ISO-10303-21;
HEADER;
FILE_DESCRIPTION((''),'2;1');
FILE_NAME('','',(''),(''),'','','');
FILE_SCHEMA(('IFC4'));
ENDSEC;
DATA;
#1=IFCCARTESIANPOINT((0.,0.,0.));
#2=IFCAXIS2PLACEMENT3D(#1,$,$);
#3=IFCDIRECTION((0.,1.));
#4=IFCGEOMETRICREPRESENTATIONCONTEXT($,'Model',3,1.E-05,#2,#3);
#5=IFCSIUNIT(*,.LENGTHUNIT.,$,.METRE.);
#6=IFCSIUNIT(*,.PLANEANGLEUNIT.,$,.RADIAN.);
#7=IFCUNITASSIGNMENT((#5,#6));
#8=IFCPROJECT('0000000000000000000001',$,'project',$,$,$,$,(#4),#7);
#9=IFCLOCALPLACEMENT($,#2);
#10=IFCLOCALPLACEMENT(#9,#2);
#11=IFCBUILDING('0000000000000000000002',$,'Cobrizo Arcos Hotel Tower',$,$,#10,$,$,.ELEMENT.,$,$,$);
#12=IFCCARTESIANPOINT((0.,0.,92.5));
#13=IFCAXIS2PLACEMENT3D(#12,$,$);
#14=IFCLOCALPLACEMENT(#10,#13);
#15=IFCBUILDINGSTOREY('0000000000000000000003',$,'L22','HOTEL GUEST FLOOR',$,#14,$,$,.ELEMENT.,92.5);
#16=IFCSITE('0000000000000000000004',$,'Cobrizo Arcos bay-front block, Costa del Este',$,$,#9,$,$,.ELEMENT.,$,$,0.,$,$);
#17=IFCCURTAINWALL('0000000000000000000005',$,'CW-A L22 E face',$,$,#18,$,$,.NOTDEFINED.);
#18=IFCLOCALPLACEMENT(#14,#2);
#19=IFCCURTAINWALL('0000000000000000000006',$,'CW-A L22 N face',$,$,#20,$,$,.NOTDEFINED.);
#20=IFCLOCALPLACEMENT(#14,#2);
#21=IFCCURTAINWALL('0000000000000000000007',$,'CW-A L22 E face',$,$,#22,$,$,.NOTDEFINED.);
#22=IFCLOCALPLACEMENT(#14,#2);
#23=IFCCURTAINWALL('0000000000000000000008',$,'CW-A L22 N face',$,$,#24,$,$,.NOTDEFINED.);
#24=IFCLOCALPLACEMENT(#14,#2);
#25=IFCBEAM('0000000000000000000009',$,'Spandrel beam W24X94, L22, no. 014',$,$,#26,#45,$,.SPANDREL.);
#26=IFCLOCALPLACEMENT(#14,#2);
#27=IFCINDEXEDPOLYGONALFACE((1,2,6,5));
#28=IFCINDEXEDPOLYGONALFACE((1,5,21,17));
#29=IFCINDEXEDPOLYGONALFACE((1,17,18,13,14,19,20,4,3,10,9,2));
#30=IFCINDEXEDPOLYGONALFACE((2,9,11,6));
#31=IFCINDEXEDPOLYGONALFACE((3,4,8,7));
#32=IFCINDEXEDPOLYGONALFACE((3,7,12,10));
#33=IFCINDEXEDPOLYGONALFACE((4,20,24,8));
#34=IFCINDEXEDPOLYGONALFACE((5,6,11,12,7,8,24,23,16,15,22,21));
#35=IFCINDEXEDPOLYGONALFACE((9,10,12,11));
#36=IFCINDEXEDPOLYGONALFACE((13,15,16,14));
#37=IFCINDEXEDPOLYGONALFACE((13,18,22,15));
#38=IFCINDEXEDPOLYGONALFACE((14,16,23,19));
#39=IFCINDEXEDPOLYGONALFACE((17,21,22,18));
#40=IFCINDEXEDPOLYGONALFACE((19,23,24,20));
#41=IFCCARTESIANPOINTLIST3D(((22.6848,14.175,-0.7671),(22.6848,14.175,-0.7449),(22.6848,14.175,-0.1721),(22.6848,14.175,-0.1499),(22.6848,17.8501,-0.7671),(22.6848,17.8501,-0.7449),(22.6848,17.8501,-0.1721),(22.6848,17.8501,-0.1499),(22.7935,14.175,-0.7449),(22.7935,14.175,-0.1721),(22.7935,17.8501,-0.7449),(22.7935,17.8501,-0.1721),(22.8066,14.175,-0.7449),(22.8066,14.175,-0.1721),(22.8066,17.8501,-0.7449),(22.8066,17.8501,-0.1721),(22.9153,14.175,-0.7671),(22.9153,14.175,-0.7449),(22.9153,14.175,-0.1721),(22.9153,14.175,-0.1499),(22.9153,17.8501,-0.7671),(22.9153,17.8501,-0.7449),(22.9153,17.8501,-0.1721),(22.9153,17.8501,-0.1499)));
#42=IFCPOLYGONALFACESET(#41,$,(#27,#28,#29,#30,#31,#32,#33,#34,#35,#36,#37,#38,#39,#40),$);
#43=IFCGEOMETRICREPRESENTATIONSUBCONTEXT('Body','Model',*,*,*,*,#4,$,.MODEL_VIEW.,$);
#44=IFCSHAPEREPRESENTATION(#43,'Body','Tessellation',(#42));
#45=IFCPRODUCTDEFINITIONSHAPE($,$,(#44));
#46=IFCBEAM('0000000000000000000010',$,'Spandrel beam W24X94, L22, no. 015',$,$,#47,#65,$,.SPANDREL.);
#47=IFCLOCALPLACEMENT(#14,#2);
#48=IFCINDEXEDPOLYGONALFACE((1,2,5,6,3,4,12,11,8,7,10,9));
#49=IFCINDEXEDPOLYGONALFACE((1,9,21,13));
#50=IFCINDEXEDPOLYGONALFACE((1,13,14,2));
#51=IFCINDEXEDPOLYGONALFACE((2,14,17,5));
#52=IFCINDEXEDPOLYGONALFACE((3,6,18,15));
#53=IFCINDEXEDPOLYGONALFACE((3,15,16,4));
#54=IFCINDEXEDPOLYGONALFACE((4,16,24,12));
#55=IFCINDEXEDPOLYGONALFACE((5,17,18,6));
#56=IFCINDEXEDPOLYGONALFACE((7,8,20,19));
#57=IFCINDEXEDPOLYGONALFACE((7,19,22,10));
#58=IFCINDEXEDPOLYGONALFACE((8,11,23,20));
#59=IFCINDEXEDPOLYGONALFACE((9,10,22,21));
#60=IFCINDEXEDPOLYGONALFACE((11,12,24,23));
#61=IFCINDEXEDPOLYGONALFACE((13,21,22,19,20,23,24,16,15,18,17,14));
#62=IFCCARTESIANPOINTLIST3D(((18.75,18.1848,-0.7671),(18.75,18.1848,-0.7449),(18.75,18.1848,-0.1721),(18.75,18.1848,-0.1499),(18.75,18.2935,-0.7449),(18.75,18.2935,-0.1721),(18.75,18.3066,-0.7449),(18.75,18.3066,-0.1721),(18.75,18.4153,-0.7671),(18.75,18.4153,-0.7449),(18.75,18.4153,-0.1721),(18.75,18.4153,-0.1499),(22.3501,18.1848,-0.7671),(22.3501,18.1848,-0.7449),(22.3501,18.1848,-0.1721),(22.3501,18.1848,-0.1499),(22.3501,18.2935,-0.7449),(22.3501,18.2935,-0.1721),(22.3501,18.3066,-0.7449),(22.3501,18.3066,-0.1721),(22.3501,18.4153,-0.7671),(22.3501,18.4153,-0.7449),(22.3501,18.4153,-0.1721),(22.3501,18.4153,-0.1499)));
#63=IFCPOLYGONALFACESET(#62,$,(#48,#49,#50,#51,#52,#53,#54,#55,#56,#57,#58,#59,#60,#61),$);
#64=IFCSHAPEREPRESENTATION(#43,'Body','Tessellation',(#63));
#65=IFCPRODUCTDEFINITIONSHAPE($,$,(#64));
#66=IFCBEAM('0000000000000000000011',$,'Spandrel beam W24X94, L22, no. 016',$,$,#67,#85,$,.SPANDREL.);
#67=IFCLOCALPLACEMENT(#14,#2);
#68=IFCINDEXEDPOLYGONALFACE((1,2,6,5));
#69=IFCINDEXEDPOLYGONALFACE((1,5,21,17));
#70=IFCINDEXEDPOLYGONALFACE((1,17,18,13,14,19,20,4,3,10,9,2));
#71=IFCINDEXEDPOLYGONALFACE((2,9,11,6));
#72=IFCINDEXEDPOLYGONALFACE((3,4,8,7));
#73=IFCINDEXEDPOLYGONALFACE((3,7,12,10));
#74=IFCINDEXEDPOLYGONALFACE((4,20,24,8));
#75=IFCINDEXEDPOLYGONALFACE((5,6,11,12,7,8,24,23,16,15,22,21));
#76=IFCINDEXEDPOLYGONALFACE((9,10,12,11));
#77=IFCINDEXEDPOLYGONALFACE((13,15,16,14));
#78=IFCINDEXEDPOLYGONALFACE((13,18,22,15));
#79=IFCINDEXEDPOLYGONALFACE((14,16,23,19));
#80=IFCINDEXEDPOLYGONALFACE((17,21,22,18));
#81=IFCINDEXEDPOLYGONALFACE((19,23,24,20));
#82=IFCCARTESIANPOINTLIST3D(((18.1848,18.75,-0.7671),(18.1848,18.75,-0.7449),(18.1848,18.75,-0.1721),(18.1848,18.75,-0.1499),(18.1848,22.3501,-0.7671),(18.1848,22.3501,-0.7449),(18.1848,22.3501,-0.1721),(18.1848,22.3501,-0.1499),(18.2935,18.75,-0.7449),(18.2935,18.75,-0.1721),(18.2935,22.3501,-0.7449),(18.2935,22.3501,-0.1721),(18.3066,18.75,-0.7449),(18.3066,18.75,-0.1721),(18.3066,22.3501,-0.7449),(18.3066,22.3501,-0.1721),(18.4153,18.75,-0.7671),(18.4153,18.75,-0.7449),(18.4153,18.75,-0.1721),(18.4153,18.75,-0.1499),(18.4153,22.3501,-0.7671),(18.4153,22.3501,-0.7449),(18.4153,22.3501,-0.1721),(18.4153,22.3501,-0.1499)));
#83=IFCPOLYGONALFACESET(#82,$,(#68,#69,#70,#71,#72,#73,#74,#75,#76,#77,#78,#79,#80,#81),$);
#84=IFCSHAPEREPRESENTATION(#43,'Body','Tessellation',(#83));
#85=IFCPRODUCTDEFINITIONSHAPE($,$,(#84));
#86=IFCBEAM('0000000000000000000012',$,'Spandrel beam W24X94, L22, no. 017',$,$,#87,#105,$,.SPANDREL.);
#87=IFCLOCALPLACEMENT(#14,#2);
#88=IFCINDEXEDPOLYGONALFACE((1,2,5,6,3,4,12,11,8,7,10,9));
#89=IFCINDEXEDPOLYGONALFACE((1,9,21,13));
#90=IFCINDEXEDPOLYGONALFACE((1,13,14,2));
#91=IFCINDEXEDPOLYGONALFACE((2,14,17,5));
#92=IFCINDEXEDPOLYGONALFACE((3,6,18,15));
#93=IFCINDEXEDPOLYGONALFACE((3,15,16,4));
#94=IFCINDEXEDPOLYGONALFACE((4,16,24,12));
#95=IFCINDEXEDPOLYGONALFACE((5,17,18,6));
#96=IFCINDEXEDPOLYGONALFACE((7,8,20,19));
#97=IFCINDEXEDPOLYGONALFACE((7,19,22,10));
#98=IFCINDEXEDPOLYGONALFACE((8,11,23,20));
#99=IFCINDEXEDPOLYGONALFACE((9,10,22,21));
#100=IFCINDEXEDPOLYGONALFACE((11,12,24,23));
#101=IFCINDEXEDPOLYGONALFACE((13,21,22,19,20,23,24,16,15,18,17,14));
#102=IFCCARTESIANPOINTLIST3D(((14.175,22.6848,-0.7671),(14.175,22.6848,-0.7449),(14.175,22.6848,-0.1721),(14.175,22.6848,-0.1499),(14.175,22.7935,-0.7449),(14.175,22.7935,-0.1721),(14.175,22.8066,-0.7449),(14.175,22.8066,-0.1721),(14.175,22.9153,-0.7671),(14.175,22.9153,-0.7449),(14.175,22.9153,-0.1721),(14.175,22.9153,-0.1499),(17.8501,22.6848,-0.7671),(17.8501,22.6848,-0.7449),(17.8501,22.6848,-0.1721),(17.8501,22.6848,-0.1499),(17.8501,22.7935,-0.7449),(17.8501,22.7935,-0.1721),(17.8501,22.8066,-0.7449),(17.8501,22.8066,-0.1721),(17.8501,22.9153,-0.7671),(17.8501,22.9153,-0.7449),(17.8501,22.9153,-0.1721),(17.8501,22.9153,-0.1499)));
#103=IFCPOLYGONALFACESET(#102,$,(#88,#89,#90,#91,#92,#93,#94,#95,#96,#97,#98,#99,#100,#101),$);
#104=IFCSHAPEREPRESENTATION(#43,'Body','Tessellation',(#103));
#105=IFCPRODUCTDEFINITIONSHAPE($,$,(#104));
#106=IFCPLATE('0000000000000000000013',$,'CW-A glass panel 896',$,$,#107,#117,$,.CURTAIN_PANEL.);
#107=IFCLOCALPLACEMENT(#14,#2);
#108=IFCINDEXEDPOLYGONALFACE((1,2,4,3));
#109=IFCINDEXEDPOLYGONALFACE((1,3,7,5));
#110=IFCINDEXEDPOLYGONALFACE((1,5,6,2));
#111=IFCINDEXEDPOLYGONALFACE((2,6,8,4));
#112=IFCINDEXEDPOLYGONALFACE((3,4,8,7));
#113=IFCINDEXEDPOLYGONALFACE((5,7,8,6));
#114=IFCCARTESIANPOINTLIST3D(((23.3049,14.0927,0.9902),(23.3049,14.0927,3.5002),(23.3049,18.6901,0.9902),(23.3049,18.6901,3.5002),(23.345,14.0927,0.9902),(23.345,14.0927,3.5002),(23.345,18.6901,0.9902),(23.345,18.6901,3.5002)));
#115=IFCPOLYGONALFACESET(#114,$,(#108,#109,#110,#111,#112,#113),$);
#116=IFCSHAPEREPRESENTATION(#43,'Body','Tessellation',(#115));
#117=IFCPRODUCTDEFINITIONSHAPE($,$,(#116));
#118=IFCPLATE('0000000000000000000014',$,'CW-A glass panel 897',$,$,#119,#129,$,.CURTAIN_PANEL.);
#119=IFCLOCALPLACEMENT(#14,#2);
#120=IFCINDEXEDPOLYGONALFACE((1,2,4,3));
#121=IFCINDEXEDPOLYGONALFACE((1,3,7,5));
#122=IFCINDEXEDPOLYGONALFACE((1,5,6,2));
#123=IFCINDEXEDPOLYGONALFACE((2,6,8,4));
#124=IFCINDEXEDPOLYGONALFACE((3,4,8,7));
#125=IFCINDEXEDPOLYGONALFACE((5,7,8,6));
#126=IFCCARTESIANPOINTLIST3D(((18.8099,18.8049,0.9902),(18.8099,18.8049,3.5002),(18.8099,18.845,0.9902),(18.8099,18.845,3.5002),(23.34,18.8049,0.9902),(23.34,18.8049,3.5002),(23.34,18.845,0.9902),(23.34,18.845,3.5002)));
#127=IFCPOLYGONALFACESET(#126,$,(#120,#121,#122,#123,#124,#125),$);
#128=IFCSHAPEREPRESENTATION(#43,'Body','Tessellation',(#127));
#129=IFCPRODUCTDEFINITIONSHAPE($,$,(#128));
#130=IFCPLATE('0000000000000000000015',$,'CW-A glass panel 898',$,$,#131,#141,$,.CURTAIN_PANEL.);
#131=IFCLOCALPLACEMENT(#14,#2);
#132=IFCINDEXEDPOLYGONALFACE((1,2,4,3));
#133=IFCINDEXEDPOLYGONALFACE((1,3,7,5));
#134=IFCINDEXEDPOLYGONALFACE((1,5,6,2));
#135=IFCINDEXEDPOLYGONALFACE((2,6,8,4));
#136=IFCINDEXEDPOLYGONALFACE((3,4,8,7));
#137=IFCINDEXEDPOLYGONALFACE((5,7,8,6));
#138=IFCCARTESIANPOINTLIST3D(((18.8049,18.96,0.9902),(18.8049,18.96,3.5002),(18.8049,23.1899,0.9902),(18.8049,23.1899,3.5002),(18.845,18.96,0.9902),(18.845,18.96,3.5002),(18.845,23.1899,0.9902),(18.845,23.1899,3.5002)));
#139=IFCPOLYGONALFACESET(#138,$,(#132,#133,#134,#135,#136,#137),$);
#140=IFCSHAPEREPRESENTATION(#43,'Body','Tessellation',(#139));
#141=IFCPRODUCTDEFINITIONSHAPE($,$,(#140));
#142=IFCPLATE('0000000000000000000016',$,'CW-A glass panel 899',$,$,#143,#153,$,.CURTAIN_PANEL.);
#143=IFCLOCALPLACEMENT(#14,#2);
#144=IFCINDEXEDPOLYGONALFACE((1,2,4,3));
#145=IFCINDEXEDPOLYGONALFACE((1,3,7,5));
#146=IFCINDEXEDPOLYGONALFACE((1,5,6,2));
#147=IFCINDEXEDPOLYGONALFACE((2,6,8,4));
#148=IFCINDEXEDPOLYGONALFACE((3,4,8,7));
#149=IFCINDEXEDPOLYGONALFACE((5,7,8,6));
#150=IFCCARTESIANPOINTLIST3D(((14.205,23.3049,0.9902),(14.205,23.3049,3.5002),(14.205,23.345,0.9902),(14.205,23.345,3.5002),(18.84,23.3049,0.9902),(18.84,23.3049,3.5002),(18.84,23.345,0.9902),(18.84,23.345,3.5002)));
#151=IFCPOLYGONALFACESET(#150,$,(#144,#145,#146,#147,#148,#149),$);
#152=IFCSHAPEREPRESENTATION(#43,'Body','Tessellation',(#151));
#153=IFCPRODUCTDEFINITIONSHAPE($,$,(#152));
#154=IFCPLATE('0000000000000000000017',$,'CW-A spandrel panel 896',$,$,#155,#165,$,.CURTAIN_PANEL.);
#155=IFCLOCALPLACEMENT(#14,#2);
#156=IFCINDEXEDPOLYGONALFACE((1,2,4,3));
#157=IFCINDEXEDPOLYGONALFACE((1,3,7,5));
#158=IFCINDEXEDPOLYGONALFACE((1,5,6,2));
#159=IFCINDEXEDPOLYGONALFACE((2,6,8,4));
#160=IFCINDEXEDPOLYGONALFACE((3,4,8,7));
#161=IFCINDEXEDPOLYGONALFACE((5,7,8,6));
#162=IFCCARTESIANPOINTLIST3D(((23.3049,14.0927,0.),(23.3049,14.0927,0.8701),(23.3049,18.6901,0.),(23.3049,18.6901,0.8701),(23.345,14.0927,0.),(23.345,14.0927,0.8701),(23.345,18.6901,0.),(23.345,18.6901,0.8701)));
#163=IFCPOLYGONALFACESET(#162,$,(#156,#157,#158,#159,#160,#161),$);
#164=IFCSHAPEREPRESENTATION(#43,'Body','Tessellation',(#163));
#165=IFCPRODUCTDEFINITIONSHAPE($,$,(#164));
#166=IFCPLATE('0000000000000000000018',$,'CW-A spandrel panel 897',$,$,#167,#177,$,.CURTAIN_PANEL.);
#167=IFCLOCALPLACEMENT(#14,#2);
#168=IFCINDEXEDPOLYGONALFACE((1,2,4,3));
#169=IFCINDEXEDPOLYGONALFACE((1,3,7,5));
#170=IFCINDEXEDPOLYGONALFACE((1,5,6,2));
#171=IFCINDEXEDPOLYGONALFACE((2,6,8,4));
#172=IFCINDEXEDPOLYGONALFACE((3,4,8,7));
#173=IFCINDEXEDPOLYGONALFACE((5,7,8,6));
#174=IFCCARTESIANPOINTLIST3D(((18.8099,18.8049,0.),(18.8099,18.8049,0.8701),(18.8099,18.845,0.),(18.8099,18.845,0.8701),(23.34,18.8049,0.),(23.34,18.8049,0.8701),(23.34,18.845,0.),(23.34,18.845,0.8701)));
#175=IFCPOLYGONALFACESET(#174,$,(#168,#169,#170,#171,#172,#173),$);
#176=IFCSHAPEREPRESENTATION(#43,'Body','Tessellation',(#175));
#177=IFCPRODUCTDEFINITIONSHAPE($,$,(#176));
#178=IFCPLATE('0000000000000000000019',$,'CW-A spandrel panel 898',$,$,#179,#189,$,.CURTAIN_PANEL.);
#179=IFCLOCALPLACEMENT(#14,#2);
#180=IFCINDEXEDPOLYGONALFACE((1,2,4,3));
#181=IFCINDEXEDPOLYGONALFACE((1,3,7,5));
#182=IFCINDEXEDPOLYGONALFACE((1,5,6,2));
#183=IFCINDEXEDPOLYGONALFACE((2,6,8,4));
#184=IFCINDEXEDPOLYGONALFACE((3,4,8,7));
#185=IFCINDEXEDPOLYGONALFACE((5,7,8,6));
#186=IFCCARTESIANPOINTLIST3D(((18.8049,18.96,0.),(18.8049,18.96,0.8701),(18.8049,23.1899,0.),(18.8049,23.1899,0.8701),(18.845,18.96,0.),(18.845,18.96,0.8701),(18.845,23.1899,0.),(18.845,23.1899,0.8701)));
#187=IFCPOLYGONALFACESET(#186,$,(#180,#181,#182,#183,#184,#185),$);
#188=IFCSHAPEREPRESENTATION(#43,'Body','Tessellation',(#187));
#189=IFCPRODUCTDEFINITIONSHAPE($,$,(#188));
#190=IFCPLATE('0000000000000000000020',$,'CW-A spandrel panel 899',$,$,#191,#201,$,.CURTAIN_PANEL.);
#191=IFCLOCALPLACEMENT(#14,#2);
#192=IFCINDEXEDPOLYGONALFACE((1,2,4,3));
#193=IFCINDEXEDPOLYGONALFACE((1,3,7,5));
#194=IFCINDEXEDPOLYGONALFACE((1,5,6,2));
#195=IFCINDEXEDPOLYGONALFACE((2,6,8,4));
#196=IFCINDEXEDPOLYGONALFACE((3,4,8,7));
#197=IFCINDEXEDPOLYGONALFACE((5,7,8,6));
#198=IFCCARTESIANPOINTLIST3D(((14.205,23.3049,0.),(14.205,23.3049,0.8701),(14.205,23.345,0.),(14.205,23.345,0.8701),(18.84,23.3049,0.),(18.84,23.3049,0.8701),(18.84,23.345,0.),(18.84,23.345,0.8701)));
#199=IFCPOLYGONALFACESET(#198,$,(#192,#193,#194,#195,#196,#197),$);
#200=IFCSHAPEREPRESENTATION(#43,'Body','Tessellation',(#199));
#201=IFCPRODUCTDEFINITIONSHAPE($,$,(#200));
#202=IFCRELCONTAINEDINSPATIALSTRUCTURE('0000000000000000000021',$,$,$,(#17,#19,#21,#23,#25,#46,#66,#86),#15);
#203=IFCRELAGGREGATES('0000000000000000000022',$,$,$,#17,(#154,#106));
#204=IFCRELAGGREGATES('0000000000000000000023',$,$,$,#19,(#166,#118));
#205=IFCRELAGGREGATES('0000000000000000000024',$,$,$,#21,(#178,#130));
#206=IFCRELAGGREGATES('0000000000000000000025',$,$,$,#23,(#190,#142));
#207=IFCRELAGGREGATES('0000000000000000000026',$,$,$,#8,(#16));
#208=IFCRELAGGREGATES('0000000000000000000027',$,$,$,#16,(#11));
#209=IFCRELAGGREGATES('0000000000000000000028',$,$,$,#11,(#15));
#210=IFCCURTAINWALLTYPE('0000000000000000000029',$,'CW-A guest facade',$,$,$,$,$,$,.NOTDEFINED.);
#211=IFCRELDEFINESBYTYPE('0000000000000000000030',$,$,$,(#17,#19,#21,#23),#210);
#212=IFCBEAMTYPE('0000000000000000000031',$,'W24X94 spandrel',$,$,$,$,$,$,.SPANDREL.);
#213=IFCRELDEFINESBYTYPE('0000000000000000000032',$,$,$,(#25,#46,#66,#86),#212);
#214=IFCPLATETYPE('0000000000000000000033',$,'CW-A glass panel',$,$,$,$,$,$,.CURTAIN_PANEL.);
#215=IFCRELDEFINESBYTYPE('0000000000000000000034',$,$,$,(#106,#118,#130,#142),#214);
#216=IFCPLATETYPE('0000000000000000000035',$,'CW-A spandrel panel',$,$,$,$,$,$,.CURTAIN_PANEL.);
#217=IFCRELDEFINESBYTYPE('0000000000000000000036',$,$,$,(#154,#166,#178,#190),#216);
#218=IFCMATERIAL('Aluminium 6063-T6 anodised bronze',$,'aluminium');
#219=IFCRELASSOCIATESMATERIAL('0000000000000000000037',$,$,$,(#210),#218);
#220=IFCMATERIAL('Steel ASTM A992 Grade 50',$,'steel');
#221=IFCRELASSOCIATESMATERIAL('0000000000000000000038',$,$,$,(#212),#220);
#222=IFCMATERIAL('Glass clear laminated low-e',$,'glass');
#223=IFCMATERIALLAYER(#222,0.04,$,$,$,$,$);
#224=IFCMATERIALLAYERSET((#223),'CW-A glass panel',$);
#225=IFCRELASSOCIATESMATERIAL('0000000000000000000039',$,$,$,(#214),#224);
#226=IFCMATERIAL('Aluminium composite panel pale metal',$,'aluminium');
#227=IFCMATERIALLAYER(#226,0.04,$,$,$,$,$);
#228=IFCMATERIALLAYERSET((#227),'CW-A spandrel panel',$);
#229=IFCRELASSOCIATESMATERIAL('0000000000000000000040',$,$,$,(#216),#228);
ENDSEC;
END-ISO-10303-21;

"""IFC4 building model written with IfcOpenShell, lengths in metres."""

from ifc_helpers import new_model, si_unit, direction, frame, origin, origin_2d, place, context, subcontext, project, spatial, rectangle, i_section, extrude, material, layer, layer_set, material_profile, profile_set, type_object, element, aggregate, save


model = new_model("IFC4")

# Units and contexts
model_context = context("Model", 3, precision=1e-05, world=origin(), true_north=direction((0.0, 1.0)))
body_context = subcontext(model_context, "Body", "Model", "MODEL_VIEW")
ifc_project = project(units=[si_unit("LENGTHUNIT", "METRE"), si_unit("PLANEANGLEUNIT", "RADIAN")], contexts=[model_context])

# Site, building, storey
site_placement = place(None, origin())
site = spatial("IfcSite", under=ifc_project, at=site_placement, Name="Cobrizo Arcos bay-front block, Costa del Este", CompositionType="ELEMENT", RefElevation=0.0)
building_placement = place(site_placement, origin())
building = spatial("IfcBuilding", under=site, at=building_placement, Name="Cobrizo Arcos Hotel Tower", CompositionType="ELEMENT")
storey_placement = place(building_placement, frame((0.0, 0.0, 92.5)))
storey = spatial("IfcBuildingStorey", under=building, at=storey_placement, Name="L22", Description="HOTEL GUEST FLOOR", CompositionType="ELEMENT", Elevation=92.5)

# Curtain wall
ifc_material_1 = material(Name="Aluminium 6063-T6 anodised bronze", Category="aluminium")
curtain_wall_type = type_object("IfcCurtainWallType", Name="CW-A guest facade", PredefinedType="NOTDEFINED", material=ifc_material_1)
curtain_wall_1_placement = place(storey_placement, origin())
curtain_wall_1 = element("IfcCurtainWall", 1, at=curtain_wall_1_placement, inside=storey, type_object=curtain_wall_type, Name="CW-A L22 E face", PredefinedType="NOTDEFINED")

# Curtain walls
curtain_wall_2_placement = place(storey_placement, origin())
curtain_wall_2 = element("IfcCurtainWall", 2, at=curtain_wall_2_placement, inside=storey, type_object=curtain_wall_type, Name="CW-A L22 N face", PredefinedType="NOTDEFINED")
curtain_wall_3_placement = place(storey_placement, origin())
curtain_wall_3 = element("IfcCurtainWall", 3, at=curtain_wall_3_placement, inside=storey, type_object=curtain_wall_type, Name="CW-A L22 E face", PredefinedType="NOTDEFINED")

# Curtain wall
curtain_wall_4_placement = place(storey_placement, origin())
curtain_wall_4 = element("IfcCurtainWall", 4, at=curtain_wall_4_placement, inside=storey, type_object=curtain_wall_type, Name="CW-A L22 N face", PredefinedType="NOTDEFINED")

# Beams
ifc_material_2 = material(Name="Steel ASTM A992 Grade 50", Category="steel")
ifc_material_profile_1 = material_profile(ifc_material_2, i_section(OverallWidth=0.2305, OverallDepth=0.6172, WebThickness=0.0132, FlangeThickness=0.0222, at=origin_2d()), Name="W24X94")
ifc_profile_set_1 = profile_set([ifc_material_profile_1], Name="Steel ASTM A992 Grade 50")
beam_type = type_object("IfcBeamType", Name="W24X94 spandrel", PredefinedType="SPANDREL", material=ifc_profile_set_1)
beam_1_placement = place(storey_placement, frame((22.8, 14.175, -0.4585), z_axis=(0.0, 1.0, 0.0), x_axis=(-1.0, 0.0, 0.0)))
element("IfcBeam", 5, at=beam_1_placement, inside=storey, type_object=beam_type, Name="Spandrel beam W24X94, L22, no. 014", PredefinedType="SPANDREL", context=body_context, shape_type="SweptSolid", body=[
    extrude(i_section(OverallWidth=0.2305, OverallDepth=0.6172, WebThickness=0.0132, FlangeThickness=0.0222, at=origin_2d()), origin(), (0.0, 0.0, 1.0), 3.675),
])
for number, where, z_axis, x_axis, name in (
    (6, (22.3501, 18.3, -0.4585), (-1.0, 0.0, 0.0), (0.0, -1.0, 0.0), "Spandrel beam W24X94, L22, no. 015"),
    (7, (18.3, 18.75, -0.4585), (0.0, 1.0, 0.0), (-1.0, 0.0, 0.0), "Spandrel beam W24X94, L22, no. 016"),
):
    element("IfcBeam", number, at=place(storey_placement, frame(where, z_axis=z_axis, x_axis=x_axis)), inside=storey, type_object=beam_type, Name=name, PredefinedType="SPANDREL", context=body_context, shape_type="SweptSolid", body=[
        extrude(i_section(OverallWidth=0.2305, OverallDepth=0.6172, WebThickness=0.0132, FlangeThickness=0.0222, at=origin_2d()), origin(), (0.0, 0.0, 1.0), 3.6001),
    ])
beam_2_placement = place(storey_placement, frame((17.8501, 22.8, -0.4585), z_axis=(-1.0, 0.0, 0.0), x_axis=(0.0, -1.0, 0.0)))
element("IfcBeam", 8, at=beam_2_placement, inside=storey, type_object=beam_type, Name="Spandrel beam W24X94, L22, no. 017", PredefinedType="SPANDREL", context=body_context, shape_type="SweptSolid", body=[
    extrude(i_section(OverallWidth=0.2305, OverallDepth=0.6172, WebThickness=0.0132, FlangeThickness=0.0222, at=origin_2d()), origin(), (0.0, 0.0, 1.0), 3.675),
])

# Plates
ifc_material_3 = material(Name="Glass clear laminated low-e", Category="glass")
ifc_layer_1 = layer(ifc_material_3, 0.04)
ifc_layer_set_1 = layer_set([ifc_layer_1], Name="CW-A glass panel")
plate_type_1 = type_object("IfcPlateType", Name="CW-A glass panel", PredefinedType="CURTAIN_PANEL", material=ifc_layer_set_1)
plate_1_placement = place(storey_placement, frame((23.325, 16.3914, 0.9902), z_axis=(0.0, 0.0, 1.0), x_axis=(0.0, 1.0, 0.0)))
plate_1 = element("IfcPlate", 9, at=plate_1_placement, type_object=plate_type_1, Name="CW-A glass panel 896", PredefinedType="CURTAIN_PANEL", context=body_context, shape_type="SweptSolid", body=[
    extrude(rectangle(XDim=4.5974, YDim=0.04, at=origin_2d()), origin(), (0.0, 0.0, 1.0), 2.51),
])
plate_2_placement = place(storey_placement, frame((21.075, 18.825, 0.9902), z_axis=(0.0, 0.0, 1.0), x_axis=(-1.0, 0.0, 0.0)))
plate_2 = element("IfcPlate", 10, at=plate_2_placement, type_object=plate_type_1, Name="CW-A glass panel 897", PredefinedType="CURTAIN_PANEL", context=body_context, shape_type="SweptSolid", body=[
    extrude(rectangle(XDim=4.53, YDim=0.04, at=origin_2d()), origin(), (0.0, 0.0, 1.0), 2.51),
])
plate_3_placement = place(storey_placement, frame((18.825, 21.075, 0.9902), z_axis=(0.0, 0.0, 1.0), x_axis=(0.0, 1.0, 0.0)))
plate_3 = element("IfcPlate", 11, at=plate_3_placement, type_object=plate_type_1, Name="CW-A glass panel 898", PredefinedType="CURTAIN_PANEL", context=body_context, shape_type="SweptSolid", body=[
    extrude(rectangle(XDim=4.23, YDim=0.04, at=origin_2d()), origin(), (0.0, 0.0, 1.0), 2.51),
])
plate_4_placement = place(storey_placement, frame((16.5225, 23.325, 0.9902), z_axis=(0.0, 0.0, 1.0), x_axis=(-1.0, 0.0, 0.0)))
plate_4 = element("IfcPlate", 12, at=plate_4_placement, type_object=plate_type_1, Name="CW-A glass panel 899", PredefinedType="CURTAIN_PANEL", context=body_context, shape_type="SweptSolid", body=[
    extrude(rectangle(XDim=4.635, YDim=0.04, at=origin_2d()), origin(), (0.0, 0.0, 1.0), 2.51),
])
ifc_material_4 = material(Name="Aluminium composite panel pale metal", Category="aluminium")
ifc_layer_2 = layer(ifc_material_4, 0.04)
ifc_layer_set_2 = layer_set([ifc_layer_2], Name="CW-A spandrel panel")
plate_type_2 = type_object("IfcPlateType", Name="CW-A spandrel panel", PredefinedType="CURTAIN_PANEL", material=ifc_layer_set_2)
plate_5_placement = place(storey_placement, frame((23.325, 16.3914, 0.0), z_axis=(0.0, 0.0, 1.0), x_axis=(0.0, 1.0, 0.0)))
plate_5 = element("IfcPlate", 13, at=plate_5_placement, type_object=plate_type_2, Name="CW-A spandrel panel 896", PredefinedType="CURTAIN_PANEL", context=body_context, shape_type="SweptSolid", body=[
    extrude(rectangle(XDim=4.5974, YDim=0.04, at=origin_2d()), origin(), (0.0, 0.0, 1.0), 0.8701),
])
aggregate(curtain_wall_1, [plate_5, plate_1])
plate_6_placement = place(storey_placement, frame((21.075, 18.825, 0.0), z_axis=(0.0, 0.0, 1.0), x_axis=(-1.0, 0.0, 0.0)))
plate_6 = element("IfcPlate", 14, at=plate_6_placement, type_object=plate_type_2, Name="CW-A spandrel panel 897", PredefinedType="CURTAIN_PANEL", context=body_context, shape_type="SweptSolid", body=[
    extrude(rectangle(XDim=4.53, YDim=0.04, at=origin_2d()), origin(), (0.0, 0.0, 1.0), 0.8701),
])
aggregate(curtain_wall_2, [plate_6, plate_2])
plate_7_placement = place(storey_placement, frame((18.825, 21.075, 0.0), z_axis=(0.0, 0.0, 1.0), x_axis=(0.0, 1.0, 0.0)))
plate_7 = element("IfcPlate", 15, at=plate_7_placement, type_object=plate_type_2, Name="CW-A spandrel panel 898", PredefinedType="CURTAIN_PANEL", context=body_context, shape_type="SweptSolid", body=[
    extrude(rectangle(XDim=4.23, YDim=0.04, at=origin_2d()), origin(), (0.0, 0.0, 1.0), 0.8701),
])
aggregate(curtain_wall_3, [plate_7, plate_3])
plate_8_placement = place(storey_placement, frame((16.5225, 23.325, 0.0), z_axis=(0.0, 0.0, 1.0), x_axis=(-1.0, 0.0, 0.0)))
plate_8 = element("IfcPlate", 16, at=plate_8_placement, type_object=plate_type_2, Name="CW-A spandrel panel 899", PredefinedType="CURTAIN_PANEL", context=body_context, shape_type="SweptSolid", body=[
    extrude(rectangle(XDim=4.635, YDim=0.04, at=origin_2d()), origin(), (0.0, 0.0, 1.0), 0.8701),
])
aggregate(curtain_wall_4, [plate_8, plate_4])

save(model, "model.ifc")
